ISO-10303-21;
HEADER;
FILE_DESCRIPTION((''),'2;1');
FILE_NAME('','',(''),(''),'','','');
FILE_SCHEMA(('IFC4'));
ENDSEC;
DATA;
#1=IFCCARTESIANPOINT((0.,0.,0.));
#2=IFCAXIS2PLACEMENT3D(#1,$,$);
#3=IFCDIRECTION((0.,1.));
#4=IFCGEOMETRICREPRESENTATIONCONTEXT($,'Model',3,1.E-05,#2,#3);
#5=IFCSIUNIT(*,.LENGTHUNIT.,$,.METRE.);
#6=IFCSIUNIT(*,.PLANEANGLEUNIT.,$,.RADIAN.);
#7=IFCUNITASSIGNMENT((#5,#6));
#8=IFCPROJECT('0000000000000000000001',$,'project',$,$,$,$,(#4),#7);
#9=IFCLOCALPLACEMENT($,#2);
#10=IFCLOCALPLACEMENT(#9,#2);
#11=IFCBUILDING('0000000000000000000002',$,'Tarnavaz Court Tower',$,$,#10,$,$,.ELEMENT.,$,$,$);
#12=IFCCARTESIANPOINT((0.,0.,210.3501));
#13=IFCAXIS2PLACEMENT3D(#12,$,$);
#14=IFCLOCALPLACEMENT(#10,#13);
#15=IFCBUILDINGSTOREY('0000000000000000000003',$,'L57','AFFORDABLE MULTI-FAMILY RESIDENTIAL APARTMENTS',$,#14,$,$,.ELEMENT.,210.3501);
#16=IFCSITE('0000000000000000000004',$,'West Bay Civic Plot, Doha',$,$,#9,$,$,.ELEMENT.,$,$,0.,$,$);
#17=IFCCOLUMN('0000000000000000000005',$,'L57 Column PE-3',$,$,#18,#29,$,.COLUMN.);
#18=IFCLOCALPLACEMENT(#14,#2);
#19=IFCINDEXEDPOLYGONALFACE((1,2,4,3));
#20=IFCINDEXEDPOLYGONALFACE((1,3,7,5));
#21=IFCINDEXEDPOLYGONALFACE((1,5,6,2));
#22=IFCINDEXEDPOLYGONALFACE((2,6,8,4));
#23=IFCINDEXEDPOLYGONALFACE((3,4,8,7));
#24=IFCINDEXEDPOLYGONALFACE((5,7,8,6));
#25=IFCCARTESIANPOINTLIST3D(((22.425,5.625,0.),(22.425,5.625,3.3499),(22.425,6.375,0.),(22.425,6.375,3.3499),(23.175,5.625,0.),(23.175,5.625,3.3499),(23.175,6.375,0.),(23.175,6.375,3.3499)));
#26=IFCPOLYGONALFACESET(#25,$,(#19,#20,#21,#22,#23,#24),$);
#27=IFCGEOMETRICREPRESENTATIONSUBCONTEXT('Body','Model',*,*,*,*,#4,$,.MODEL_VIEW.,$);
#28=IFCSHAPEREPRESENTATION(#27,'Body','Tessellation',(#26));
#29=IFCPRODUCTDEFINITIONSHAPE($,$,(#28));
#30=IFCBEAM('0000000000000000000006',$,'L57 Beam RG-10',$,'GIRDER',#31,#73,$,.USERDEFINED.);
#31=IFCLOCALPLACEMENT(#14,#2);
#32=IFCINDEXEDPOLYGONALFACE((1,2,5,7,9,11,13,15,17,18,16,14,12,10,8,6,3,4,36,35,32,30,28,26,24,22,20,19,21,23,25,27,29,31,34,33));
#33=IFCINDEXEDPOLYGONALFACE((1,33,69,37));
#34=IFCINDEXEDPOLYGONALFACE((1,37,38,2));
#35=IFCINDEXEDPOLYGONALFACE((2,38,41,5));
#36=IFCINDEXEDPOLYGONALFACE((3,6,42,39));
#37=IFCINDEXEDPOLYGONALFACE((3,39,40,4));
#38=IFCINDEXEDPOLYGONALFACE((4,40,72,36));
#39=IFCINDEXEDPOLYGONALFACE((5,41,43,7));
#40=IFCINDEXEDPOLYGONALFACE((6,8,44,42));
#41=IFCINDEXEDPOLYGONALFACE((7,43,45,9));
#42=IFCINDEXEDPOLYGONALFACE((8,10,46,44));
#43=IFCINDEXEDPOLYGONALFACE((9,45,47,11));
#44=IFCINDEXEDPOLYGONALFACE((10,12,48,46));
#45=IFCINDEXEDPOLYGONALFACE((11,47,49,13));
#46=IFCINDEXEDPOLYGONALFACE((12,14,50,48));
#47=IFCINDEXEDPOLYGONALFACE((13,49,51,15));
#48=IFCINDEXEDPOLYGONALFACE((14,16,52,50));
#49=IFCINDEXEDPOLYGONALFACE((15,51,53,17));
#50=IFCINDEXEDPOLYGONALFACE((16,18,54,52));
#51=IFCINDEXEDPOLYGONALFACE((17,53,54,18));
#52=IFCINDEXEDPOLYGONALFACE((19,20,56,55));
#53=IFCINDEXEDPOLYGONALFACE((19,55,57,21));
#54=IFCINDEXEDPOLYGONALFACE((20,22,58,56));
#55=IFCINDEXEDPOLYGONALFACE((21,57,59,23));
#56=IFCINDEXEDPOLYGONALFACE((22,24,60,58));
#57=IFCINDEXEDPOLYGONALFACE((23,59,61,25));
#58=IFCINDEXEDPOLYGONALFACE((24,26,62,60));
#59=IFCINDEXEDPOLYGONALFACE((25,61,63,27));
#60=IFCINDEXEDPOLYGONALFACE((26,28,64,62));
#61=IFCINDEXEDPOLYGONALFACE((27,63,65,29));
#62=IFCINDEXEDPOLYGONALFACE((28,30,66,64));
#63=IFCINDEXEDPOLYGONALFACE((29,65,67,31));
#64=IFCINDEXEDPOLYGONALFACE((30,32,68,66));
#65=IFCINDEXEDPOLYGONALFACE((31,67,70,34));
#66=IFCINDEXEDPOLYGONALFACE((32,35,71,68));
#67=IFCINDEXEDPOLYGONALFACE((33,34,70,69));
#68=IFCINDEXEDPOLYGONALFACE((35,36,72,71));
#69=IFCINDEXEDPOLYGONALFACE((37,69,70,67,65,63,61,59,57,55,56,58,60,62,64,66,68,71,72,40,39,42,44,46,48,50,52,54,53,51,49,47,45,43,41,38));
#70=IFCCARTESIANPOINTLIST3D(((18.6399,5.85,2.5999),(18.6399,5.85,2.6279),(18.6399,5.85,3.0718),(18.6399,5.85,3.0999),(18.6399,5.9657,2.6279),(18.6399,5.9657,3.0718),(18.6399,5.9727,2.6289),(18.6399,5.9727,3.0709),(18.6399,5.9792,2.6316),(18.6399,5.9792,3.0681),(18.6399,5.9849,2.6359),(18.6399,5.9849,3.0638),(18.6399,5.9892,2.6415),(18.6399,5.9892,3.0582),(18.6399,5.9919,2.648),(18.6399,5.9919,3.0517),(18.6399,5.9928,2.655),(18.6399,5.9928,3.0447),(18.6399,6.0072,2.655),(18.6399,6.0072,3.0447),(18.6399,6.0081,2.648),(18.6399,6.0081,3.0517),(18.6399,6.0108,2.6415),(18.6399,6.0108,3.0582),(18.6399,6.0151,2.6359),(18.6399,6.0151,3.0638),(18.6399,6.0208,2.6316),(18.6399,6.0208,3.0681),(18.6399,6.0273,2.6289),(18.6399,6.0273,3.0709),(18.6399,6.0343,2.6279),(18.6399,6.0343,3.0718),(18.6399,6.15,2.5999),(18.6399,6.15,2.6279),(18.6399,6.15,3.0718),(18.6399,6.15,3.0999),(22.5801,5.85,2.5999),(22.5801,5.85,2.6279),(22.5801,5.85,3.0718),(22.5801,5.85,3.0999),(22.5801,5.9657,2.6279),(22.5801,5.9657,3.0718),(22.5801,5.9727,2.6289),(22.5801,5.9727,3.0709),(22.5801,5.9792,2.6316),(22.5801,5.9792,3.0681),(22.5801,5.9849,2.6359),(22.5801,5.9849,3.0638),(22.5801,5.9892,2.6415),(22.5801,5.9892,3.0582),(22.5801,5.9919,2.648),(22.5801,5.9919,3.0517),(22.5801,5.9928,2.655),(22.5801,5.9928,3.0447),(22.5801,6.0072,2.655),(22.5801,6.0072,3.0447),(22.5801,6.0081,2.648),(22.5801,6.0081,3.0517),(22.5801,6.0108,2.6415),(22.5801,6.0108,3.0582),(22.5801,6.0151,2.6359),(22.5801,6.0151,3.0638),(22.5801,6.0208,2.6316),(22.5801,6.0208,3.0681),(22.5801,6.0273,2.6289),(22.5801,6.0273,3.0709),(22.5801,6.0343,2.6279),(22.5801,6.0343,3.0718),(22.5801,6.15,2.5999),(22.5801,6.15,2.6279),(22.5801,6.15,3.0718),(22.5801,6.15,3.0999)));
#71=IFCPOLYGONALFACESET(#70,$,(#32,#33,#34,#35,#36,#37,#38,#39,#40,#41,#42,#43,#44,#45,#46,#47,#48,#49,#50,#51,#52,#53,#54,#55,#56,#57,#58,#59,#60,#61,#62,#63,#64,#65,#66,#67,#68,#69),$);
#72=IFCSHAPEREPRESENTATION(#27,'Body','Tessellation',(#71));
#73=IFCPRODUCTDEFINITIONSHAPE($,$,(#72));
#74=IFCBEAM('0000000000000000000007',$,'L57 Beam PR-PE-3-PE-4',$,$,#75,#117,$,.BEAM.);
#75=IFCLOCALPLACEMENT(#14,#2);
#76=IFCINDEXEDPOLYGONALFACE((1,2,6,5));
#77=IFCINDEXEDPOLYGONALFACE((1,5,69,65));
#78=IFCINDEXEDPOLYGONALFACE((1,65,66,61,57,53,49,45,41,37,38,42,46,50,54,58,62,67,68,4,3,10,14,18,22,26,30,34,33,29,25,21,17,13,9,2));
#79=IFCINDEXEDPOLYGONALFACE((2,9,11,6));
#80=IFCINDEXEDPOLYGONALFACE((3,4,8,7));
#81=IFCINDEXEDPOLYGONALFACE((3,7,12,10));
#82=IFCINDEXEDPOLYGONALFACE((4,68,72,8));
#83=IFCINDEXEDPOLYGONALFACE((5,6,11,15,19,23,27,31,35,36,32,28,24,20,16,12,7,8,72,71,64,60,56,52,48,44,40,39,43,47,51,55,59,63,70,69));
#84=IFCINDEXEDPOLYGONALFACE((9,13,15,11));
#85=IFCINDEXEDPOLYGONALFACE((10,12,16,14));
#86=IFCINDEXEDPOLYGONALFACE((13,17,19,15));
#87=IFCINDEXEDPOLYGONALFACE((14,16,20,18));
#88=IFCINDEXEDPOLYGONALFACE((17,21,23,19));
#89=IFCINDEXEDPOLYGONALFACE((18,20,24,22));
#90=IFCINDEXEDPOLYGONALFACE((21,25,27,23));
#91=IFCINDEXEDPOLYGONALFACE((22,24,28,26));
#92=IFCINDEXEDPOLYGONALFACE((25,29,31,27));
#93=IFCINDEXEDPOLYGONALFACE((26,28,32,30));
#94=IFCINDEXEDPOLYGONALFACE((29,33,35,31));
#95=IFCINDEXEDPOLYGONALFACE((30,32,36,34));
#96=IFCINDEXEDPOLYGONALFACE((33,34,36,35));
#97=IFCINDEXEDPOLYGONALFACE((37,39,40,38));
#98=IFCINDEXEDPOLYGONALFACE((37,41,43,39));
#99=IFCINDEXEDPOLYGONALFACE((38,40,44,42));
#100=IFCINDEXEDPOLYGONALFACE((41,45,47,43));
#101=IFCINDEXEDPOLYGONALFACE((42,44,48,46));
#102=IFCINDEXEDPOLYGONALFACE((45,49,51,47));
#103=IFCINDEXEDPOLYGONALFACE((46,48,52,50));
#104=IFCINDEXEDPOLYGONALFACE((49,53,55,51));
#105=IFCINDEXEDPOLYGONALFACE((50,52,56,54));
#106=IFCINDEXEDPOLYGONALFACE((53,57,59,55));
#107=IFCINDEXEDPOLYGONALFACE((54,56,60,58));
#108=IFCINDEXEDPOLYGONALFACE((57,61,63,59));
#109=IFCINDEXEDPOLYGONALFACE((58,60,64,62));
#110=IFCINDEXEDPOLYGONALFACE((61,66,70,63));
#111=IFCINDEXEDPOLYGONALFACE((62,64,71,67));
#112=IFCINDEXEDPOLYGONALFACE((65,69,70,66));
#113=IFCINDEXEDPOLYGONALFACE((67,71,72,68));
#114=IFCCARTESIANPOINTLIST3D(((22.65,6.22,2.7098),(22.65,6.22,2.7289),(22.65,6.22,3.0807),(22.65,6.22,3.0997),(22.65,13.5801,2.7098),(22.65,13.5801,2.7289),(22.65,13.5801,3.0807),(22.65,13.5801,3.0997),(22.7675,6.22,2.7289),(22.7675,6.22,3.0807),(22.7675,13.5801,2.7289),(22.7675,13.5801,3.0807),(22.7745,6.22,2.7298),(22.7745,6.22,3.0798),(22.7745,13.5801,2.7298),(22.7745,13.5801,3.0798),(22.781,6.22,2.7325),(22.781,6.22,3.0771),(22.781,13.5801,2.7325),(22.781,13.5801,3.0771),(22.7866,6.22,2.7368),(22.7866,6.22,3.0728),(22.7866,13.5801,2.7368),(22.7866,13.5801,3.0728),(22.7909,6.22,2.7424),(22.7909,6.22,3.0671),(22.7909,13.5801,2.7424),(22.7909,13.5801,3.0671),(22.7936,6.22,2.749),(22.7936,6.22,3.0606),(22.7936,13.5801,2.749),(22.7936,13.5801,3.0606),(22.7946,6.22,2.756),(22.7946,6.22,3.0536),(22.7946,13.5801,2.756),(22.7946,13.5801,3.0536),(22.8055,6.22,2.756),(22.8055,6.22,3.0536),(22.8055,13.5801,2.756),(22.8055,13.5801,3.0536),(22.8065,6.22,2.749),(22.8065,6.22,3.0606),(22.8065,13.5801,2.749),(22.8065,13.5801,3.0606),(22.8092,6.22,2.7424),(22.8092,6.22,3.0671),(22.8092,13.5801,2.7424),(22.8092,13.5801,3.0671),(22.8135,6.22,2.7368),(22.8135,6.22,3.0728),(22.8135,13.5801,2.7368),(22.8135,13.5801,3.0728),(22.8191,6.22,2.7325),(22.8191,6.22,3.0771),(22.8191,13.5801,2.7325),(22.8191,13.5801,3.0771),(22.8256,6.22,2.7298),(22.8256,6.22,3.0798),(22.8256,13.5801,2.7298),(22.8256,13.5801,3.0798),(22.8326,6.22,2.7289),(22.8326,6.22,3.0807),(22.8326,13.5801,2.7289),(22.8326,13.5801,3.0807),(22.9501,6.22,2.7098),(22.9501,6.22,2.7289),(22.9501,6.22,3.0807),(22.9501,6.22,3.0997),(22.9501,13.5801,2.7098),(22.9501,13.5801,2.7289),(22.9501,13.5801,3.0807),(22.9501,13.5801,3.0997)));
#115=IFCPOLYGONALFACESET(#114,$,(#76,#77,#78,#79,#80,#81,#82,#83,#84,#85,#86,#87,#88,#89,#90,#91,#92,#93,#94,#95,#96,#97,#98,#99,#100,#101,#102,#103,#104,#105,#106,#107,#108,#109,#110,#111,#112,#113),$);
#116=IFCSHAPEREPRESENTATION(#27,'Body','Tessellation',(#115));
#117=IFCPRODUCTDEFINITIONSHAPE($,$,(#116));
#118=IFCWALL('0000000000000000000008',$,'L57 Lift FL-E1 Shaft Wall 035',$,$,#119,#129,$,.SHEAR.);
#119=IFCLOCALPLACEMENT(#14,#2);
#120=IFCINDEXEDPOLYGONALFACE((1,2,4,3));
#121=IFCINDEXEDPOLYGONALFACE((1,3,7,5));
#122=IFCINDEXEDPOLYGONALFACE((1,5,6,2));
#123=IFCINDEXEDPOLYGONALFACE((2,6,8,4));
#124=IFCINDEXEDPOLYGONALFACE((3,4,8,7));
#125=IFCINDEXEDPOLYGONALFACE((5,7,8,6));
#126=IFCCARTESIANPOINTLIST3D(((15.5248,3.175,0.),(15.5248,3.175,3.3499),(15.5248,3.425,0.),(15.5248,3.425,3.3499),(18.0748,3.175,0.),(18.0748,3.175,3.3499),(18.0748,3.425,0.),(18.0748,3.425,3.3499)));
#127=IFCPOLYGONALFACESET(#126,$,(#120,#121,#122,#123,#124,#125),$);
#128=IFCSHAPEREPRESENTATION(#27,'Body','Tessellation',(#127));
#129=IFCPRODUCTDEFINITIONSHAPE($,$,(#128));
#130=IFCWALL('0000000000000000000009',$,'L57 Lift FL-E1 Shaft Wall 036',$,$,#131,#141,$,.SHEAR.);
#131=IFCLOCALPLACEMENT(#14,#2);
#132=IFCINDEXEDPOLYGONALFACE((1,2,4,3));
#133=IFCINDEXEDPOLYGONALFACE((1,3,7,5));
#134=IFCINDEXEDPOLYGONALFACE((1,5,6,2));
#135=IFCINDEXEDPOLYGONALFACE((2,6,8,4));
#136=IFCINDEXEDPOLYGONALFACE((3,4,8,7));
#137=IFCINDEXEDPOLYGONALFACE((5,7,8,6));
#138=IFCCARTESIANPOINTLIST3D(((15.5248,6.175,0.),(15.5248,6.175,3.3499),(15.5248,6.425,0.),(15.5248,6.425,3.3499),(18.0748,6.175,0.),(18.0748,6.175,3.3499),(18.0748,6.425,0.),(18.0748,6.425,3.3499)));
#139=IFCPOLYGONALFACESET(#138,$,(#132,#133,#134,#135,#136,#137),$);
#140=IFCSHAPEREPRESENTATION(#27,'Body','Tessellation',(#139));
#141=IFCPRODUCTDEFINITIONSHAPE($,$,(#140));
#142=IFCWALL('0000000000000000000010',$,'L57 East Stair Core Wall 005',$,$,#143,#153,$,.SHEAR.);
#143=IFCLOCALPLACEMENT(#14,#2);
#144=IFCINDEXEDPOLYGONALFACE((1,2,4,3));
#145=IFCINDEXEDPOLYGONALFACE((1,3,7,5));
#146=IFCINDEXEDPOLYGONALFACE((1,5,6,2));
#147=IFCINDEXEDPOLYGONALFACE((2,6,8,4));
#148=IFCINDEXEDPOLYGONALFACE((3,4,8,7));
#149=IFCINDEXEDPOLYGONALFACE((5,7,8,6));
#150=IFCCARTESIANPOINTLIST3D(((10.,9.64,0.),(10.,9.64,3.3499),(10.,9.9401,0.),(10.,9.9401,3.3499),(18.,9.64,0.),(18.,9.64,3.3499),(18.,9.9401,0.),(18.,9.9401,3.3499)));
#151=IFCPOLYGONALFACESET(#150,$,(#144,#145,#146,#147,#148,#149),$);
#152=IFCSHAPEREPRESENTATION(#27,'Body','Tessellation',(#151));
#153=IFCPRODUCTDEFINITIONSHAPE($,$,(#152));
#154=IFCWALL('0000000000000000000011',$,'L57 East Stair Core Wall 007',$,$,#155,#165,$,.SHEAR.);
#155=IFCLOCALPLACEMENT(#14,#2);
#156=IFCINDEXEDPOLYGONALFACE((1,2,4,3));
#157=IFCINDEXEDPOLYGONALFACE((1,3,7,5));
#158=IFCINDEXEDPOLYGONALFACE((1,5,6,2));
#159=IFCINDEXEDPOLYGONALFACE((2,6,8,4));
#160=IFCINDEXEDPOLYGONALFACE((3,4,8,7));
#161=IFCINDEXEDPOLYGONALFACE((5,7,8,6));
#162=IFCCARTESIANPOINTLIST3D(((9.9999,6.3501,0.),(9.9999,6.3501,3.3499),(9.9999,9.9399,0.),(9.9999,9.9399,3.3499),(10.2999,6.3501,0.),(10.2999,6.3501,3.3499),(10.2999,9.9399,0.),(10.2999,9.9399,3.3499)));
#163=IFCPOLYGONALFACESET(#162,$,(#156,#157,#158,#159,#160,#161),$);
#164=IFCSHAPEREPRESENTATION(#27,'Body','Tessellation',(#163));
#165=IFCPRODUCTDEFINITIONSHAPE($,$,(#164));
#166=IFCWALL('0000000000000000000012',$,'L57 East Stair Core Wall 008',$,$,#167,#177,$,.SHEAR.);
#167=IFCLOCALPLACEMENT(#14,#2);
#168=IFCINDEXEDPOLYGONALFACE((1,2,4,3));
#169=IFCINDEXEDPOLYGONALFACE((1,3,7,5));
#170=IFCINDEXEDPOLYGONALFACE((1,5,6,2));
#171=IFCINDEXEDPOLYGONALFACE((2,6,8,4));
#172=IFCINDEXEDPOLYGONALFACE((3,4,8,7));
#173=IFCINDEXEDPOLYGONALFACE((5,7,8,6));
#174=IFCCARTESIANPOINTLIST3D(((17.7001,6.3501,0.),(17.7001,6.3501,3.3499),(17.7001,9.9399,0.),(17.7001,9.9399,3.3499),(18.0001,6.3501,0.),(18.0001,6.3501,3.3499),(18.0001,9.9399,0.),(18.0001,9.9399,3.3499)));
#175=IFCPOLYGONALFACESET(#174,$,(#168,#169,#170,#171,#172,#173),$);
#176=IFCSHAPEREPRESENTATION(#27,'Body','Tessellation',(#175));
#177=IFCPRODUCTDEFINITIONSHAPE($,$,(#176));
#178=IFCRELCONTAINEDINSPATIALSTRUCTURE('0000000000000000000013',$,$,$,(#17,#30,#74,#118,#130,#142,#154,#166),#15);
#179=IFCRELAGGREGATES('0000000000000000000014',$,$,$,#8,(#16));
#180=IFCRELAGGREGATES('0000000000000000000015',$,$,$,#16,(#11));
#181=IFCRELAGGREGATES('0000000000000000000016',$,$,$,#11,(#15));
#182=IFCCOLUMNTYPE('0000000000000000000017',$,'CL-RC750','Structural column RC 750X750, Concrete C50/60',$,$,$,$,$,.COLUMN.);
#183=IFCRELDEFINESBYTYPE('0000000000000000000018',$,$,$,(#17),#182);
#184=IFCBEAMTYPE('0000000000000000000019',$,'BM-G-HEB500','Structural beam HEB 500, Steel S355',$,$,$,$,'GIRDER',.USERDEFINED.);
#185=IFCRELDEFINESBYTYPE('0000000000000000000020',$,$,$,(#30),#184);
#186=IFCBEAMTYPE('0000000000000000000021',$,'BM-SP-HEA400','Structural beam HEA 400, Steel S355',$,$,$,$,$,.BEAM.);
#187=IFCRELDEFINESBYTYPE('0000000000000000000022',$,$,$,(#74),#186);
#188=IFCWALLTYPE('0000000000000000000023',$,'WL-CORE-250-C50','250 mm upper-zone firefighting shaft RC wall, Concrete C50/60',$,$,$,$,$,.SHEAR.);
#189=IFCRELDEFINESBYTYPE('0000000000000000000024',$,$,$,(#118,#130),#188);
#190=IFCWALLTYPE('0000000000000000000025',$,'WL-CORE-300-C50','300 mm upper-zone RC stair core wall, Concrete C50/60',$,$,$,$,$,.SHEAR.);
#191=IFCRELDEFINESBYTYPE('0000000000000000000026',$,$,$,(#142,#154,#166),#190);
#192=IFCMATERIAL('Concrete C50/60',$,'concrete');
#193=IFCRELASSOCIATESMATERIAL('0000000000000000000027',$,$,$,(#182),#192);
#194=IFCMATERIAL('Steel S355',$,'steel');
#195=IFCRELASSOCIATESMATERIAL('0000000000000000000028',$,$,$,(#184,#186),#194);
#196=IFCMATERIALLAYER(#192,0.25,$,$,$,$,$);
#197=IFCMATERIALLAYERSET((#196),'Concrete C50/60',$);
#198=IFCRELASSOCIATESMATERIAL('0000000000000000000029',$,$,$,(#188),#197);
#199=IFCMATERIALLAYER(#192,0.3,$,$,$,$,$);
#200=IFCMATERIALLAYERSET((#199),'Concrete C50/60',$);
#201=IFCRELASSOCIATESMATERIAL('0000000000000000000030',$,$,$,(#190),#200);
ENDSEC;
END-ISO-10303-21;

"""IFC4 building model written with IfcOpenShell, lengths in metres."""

from ifc_helpers import new_model, si_unit, direction, frame, frame_2d, origin, origin_2d, place, context, subcontext, project, spatial, rectangle, i_section, extrude, material, layer, layer_set, material_profile, profile_set, type_object, element, save


model = new_model("IFC4")

# Units and contexts
model_context = context("Model", 3, precision=1e-05, world=origin(), true_north=direction((0.0, 1.0)))
body_context = subcontext(model_context, "Body", "Model", "MODEL_VIEW")
ifc_project = project(units=[si_unit("LENGTHUNIT", "METRE"), si_unit("PLANEANGLEUNIT", "RADIAN")], contexts=[model_context])

# Site, building, storey
site_placement = place(None, origin())
site = spatial("IfcSite", under=ifc_project, at=site_placement, Name="West Bay Civic Plot, Doha", CompositionType="ELEMENT", RefElevation=0.0)
building_placement = place(site_placement, origin())
building = spatial("IfcBuilding", under=site, at=building_placement, Name="Tarnavaz Court Tower", CompositionType="ELEMENT")
storey_placement = place(building_placement, frame((0.0, 0.0, 210.3501)))
storey = spatial("IfcBuildingStorey", under=building, at=storey_placement, Name="L57", Description="AFFORDABLE MULTI-FAMILY RESIDENTIAL APARTMENTS", CompositionType="ELEMENT", Elevation=210.3501)

# Column
ifc_material_1 = material(Name="Concrete C50/60", Category="concrete")
ifc_material_profile_1 = material_profile(ifc_material_1, rectangle(XDim=0.75, YDim=0.75, at=origin_2d()), Name="RC 750X750")
ifc_profile_set_1 = profile_set([ifc_material_profile_1], Name="Concrete C50/60")
column_type = type_object("IfcColumnType", Name="CL-RC750", Description="Structural column RC 750X750, Concrete C50/60", PredefinedType="COLUMN", material=ifc_profile_set_1)
column_placement = place(storey_placement, frame((22.8, 6.0, 0.0), z_axis=(0.0, 0.0, 1.0), x_axis=(1.0, 0.0, 0.0)))
element("IfcColumn", 1, at=column_placement, inside=storey, type_object=column_type, Name="L57 Column PE-3", PredefinedType="COLUMN", context=body_context, shape_type="SweptSolid", body=[
    extrude(rectangle(XDim=0.75, YDim=0.75, at=origin_2d()), origin(), (0.0, 0.0, 1.0), 3.3499),
])

# Beams
ifc_material_2 = material(Name="Steel S355", Category="steel")
ifc_material_profile_2 = material_profile(ifc_material_2, i_section(OverallWidth=0.3, OverallDepth=0.5, WebThickness=0.0144, FlangeThickness=0.0281, FilletRadius=0.0271, at=origin_2d()), Name="HEB 500")
ifc_profile_set_2 = profile_set([ifc_material_profile_2], Name="Steel S355")
beam_type_1 = type_object("IfcBeamType", Name="BM-G-HEB500", Description="Structural beam HEB 500, Steel S355", ElementType="GIRDER", PredefinedType="USERDEFINED", material=ifc_profile_set_2)
beam_1_placement = place(storey_placement, frame((18.6399, 6.0, 2.8499), z_axis=(1.0, 0.0, 0.0), x_axis=(0.0, 1.0, 0.0)))
element("IfcBeam", 2, at=beam_1_placement, inside=storey, type_object=beam_type_1, Name="L57 Beam RG-10", ObjectType="GIRDER", PredefinedType="USERDEFINED", context=body_context, shape_type="SweptSolid", body=[
    extrude(i_section(OverallWidth=0.3, OverallDepth=0.5, WebThickness=0.0144, FlangeThickness=0.0281, FilletRadius=0.0271, at=origin_2d()), origin(), (0.0, 0.0, 1.0), 3.9402),
])
ifc_material_profile_3 = material_profile(ifc_material_2, i_section(OverallWidth=0.3, OverallDepth=0.3899, WebThickness=0.011, FlangeThickness=0.019, FilletRadius=0.0271, at=origin_2d()), Name="HEA 400")
ifc_profile_set_3 = profile_set([ifc_material_profile_3], Name="Steel S355")
beam_type_2 = type_object("IfcBeamType", Name="BM-SP-HEA400", Description="Structural beam HEA 400, Steel S355", PredefinedType="BEAM", material=ifc_profile_set_3)
beam_2_placement = place(storey_placement, frame((22.8, 6.22, 2.9048), z_axis=(0.0, 1.0, 0.0), x_axis=(-1.0, 0.0, 0.0)))
element("IfcBeam", 3, at=beam_2_placement, inside=storey, type_object=beam_type_2, Name="L57 Beam PR-PE-3-PE-4", PredefinedType="BEAM", context=body_context, shape_type="SweptSolid", body=[
    extrude(i_section(OverallWidth=0.3, OverallDepth=0.3899, WebThickness=0.011, FlangeThickness=0.019, FilletRadius=0.0271, at=origin_2d()), origin(), (0.0, 0.0, 1.0), 7.3601),
])

# Walls
ifc_layer_1 = layer(ifc_material_1, 0.25)
ifc_layer_set_1 = layer_set([ifc_layer_1], Name="Concrete C50/60")
wall_type_1 = type_object("IfcWallType", Name="WL-CORE-250-C50", Description="250 mm upper-zone firefighting shaft RC wall, Concrete C50/60", PredefinedType="SHEAR", material=ifc_layer_set_1)
for number, where, z_axis, x_axis, name in (
    (4, (15.5249, 3.3, 0.0), (0.0, 0.0, 1.0), (1.0, 0.0, 0.0), "L57 Lift FL-E1 Shaft Wall 035"),
    (5, (15.5249, 6.3, 0.0), (0.0, 0.0, 1.0), (1.0, 0.0, 0.0), "L57 Lift FL-E1 Shaft Wall 036"),
):
    element("IfcWall", number, at=place(storey_placement, frame(where, z_axis=z_axis, x_axis=x_axis)), inside=storey, type_object=wall_type_1, Name=name, PredefinedType="SHEAR", context=body_context, shape_type="SweptSolid", body=[
        extrude(rectangle(XDim=2.55, YDim=0.25, at=frame_2d((1.2749, 0.0))), origin(), (0.0, 0.0, 1.0), 3.3499),
    ])
ifc_layer_2 = layer(ifc_material_1, 0.3)
ifc_layer_set_2 = layer_set([ifc_layer_2], Name="Concrete C50/60")
wall_type_2 = type_object("IfcWallType", Name="WL-CORE-300-C50", Description="300 mm upper-zone RC stair core wall, Concrete C50/60", PredefinedType="SHEAR", material=ifc_layer_set_2)
wall_1_placement = place(storey_placement, frame((10.0, 9.79, 0.0), z_axis=(0.0, 0.0, 1.0), x_axis=(1.0, 0.0, 0.0)))
element("IfcWall", 6, at=wall_1_placement, inside=storey, type_object=wall_type_2, Name="L57 East Stair Core Wall 005", PredefinedType="SHEAR", context=body_context, shape_type="SweptSolid", body=[
    extrude(rectangle(XDim=8.0, YDim=0.3, at=frame_2d((4.0, 0.0))), origin(), (0.0, 0.0, 1.0), 3.3499),
])

# Walls
for number, where, z_axis, x_axis, name in (
    (7, (10.1499, 6.3501, 0.0), (0.0, 0.0, 1.0), (0.0, 1.0, 0.0), "L57 East Stair Core Wall 007"),
    (8, (17.8501, 6.3501, 0.0), (0.0, 0.0, 1.0), (0.0, 1.0, 0.0), "L57 East Stair Core Wall 008"),
):
    element("IfcWall", number, at=place(storey_placement, frame(where, z_axis=z_axis, x_axis=x_axis)), inside=storey, type_object=wall_type_2, Name=name, PredefinedType="SHEAR", context=body_context, shape_type="SweptSolid", body=[
        extrude(rectangle(XDim=3.5898, YDim=0.3, at=frame_2d((1.7949, 0.0))), origin(), (0.0, 0.0, 1.0), 3.3499),
    ])

save(model, "model.ifc")
